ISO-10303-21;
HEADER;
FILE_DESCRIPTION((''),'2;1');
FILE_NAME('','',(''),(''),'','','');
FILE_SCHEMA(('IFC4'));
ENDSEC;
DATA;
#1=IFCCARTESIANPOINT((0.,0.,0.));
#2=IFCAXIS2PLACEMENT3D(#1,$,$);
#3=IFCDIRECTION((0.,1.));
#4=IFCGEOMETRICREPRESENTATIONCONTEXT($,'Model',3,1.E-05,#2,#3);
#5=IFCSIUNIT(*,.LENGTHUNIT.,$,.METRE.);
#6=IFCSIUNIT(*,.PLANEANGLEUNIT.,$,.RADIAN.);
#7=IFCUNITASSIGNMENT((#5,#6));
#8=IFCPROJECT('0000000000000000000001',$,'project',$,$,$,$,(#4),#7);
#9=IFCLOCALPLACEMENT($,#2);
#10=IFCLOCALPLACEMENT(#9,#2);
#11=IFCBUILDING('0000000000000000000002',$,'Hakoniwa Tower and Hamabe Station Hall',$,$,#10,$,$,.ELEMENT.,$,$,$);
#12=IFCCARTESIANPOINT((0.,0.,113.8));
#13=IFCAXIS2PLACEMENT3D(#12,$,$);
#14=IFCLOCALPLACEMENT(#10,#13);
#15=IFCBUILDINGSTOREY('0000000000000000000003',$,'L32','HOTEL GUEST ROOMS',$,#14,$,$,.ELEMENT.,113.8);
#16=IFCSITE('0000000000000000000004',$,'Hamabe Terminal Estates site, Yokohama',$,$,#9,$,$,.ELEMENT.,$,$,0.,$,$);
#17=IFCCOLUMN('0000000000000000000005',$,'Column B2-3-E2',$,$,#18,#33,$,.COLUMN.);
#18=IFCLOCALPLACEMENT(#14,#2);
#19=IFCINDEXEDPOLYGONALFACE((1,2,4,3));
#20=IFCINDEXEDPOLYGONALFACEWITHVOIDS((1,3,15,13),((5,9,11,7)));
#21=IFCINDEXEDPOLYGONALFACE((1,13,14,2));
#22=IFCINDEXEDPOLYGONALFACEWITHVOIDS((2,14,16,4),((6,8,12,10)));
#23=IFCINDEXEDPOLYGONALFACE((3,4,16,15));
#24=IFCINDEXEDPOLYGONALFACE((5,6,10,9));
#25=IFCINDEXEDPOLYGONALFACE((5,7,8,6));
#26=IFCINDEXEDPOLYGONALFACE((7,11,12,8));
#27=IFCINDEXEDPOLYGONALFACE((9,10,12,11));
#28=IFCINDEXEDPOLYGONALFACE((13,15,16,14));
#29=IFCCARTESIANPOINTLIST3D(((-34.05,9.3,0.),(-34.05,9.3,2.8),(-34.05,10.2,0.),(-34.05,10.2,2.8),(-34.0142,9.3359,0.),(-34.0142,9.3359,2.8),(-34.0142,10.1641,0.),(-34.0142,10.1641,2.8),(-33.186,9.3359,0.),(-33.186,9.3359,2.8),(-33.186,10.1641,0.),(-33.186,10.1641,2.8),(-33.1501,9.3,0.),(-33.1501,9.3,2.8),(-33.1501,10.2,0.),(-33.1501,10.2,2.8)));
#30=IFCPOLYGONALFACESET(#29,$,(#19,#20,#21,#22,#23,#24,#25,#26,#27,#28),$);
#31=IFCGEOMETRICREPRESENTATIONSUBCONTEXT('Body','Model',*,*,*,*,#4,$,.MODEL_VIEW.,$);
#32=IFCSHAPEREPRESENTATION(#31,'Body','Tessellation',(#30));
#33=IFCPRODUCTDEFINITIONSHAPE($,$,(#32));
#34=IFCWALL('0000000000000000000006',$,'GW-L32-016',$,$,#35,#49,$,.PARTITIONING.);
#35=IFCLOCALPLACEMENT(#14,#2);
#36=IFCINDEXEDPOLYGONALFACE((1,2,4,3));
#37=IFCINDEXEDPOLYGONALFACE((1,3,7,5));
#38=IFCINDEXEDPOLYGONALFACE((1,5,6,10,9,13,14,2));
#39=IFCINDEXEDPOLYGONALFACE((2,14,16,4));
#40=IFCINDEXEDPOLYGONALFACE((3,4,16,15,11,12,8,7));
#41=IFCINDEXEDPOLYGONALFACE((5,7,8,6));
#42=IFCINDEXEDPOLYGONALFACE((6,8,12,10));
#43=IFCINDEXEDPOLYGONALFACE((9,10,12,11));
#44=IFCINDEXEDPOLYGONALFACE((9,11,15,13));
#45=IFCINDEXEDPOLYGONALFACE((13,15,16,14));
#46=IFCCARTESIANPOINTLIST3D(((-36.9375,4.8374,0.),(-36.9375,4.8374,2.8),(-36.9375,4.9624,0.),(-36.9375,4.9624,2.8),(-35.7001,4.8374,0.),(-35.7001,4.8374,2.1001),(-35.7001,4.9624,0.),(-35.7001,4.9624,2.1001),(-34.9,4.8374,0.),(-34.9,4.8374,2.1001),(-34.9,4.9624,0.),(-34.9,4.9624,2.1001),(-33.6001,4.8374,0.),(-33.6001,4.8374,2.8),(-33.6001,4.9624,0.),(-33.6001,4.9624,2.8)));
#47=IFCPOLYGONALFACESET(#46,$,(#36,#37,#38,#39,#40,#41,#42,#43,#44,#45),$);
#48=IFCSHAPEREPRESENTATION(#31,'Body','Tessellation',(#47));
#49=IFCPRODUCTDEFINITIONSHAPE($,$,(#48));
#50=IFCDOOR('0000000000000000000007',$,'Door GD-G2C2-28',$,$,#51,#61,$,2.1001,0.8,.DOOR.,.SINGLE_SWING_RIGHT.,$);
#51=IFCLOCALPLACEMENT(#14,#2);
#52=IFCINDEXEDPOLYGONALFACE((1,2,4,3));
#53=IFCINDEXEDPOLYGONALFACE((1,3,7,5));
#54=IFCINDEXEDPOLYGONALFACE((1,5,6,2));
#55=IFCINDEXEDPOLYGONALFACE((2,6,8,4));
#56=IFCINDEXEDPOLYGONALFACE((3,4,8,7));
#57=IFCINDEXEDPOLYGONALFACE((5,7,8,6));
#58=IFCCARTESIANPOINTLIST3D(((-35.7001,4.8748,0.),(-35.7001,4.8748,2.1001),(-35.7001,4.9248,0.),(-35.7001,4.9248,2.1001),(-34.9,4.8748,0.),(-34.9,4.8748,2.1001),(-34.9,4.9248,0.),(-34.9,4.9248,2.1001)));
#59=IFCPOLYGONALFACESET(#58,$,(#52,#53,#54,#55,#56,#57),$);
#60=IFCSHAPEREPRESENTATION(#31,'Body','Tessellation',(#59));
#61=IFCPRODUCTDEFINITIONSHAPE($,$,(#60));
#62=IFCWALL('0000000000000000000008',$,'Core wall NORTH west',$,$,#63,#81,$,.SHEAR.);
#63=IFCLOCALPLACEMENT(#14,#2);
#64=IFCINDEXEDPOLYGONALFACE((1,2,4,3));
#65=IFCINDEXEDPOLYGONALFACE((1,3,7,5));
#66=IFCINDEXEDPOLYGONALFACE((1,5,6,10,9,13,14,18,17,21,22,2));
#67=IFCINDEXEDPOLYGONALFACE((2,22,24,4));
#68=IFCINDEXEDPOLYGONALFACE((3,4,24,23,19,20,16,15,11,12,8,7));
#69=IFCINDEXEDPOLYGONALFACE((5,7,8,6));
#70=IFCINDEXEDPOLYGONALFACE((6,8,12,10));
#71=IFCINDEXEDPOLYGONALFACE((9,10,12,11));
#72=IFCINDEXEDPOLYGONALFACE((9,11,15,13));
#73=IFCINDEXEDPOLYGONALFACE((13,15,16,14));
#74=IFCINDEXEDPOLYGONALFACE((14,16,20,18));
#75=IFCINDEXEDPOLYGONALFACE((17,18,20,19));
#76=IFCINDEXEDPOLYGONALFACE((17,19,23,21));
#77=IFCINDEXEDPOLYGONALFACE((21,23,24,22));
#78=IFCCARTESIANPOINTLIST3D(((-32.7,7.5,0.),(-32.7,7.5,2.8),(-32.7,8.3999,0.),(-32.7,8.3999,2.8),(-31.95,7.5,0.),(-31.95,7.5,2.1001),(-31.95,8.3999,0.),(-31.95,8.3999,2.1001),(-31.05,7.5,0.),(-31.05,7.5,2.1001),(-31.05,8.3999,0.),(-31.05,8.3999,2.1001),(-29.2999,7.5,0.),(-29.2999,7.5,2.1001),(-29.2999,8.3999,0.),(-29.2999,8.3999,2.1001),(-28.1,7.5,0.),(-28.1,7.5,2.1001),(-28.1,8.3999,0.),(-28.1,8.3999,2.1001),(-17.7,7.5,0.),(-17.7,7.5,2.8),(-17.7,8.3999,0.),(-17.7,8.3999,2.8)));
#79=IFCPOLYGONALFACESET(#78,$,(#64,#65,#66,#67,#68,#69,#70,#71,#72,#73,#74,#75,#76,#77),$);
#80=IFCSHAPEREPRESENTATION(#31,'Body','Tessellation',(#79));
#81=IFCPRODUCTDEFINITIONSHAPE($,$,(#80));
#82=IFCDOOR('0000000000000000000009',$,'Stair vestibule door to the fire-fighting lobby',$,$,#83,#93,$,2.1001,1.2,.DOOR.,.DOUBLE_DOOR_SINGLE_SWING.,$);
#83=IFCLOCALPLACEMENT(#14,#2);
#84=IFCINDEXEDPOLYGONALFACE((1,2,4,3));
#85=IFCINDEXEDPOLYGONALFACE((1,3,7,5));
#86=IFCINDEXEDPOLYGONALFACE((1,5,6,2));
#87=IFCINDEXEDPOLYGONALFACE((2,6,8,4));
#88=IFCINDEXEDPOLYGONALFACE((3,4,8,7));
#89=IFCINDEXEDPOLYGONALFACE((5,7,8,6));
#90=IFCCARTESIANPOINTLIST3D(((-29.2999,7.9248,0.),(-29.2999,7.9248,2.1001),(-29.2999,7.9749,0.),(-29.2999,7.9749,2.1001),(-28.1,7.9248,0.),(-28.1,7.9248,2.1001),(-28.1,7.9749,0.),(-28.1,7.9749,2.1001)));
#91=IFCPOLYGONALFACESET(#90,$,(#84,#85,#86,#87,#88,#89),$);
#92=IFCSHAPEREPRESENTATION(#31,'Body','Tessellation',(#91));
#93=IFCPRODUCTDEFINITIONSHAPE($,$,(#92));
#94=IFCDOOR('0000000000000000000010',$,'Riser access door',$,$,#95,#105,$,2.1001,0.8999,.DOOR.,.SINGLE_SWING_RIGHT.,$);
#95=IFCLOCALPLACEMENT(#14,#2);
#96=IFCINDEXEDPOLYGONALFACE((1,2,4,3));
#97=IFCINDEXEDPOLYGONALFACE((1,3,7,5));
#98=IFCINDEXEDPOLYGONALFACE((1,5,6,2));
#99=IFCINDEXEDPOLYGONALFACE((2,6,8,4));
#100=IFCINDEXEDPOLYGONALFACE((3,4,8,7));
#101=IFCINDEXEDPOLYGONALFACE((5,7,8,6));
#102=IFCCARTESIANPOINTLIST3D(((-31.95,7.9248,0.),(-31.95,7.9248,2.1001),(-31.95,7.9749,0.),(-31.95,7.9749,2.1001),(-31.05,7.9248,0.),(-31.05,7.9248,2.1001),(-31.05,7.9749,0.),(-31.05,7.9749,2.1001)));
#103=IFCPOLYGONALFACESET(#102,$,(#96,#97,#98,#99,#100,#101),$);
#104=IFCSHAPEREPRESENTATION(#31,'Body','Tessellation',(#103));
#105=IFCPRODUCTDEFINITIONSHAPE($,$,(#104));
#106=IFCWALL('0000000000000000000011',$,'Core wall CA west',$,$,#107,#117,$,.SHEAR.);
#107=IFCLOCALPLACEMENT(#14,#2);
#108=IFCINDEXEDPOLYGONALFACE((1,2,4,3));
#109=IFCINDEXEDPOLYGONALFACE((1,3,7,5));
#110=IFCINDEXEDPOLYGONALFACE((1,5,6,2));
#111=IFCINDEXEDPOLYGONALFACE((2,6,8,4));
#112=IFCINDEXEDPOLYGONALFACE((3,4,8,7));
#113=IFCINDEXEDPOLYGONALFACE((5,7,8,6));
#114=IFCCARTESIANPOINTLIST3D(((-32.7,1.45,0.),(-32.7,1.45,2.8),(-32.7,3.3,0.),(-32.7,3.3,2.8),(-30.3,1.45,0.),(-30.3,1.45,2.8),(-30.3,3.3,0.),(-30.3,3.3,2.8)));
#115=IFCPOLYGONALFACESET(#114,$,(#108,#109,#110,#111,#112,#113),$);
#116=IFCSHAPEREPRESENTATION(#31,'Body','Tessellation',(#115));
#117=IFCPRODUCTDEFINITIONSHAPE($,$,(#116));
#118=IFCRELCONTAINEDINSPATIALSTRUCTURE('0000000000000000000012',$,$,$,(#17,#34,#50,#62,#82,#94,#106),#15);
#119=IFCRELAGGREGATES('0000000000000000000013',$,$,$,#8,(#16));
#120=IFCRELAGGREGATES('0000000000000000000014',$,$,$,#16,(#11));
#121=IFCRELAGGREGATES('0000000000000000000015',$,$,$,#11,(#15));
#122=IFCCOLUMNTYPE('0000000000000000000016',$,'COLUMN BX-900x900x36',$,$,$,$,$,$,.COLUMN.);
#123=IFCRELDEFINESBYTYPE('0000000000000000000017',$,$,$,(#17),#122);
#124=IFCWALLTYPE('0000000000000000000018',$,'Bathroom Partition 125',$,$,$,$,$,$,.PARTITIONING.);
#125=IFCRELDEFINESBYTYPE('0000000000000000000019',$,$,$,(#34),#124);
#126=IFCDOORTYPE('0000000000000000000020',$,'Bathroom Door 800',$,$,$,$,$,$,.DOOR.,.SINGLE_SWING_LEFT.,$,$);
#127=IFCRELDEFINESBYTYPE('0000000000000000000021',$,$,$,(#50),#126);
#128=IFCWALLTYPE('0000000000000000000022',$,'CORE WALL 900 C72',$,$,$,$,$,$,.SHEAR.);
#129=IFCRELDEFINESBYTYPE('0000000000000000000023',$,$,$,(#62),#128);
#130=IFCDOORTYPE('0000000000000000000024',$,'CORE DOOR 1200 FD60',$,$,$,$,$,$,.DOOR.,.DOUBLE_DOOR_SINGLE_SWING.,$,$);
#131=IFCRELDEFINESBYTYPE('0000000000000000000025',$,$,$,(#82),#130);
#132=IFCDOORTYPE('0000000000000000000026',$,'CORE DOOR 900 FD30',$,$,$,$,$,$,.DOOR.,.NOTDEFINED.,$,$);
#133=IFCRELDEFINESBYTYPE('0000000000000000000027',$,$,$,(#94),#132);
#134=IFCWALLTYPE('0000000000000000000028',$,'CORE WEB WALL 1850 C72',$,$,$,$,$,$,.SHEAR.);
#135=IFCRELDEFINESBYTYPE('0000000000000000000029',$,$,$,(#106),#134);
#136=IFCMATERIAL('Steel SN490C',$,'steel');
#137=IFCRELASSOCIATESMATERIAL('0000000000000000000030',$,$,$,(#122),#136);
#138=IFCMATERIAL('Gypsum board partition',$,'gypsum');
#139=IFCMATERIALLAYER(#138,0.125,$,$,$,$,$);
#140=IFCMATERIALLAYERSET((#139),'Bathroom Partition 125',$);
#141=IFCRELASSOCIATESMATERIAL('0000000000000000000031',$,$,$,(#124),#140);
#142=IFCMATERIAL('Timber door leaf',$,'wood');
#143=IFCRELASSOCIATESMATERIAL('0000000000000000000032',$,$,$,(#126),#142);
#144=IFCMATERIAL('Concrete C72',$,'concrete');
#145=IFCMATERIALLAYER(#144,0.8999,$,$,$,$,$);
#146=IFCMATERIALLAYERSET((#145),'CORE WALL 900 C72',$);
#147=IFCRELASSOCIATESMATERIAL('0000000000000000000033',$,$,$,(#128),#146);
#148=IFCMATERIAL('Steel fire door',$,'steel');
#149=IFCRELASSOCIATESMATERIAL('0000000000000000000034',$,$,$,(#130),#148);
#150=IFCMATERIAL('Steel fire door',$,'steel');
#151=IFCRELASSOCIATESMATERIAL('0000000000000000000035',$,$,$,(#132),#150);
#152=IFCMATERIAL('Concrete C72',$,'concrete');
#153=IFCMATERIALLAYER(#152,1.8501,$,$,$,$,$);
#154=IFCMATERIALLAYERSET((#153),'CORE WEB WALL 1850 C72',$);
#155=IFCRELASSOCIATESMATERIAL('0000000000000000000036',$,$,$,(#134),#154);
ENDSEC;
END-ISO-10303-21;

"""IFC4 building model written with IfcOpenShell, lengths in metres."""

from ifc_helpers import new_model, si_unit, direction, frame, frame_2d, origin, origin_2d, place, context, subcontext, project, spatial, rectangle, hollow_rectangle, extrude, material, layer, layer_set, material_profile, profile_set, type_object, element, fill, save


model = new_model("IFC4")

# Units and contexts
model_context = context("Model", 3, precision=1e-05, world=origin(), true_north=direction((0.0, 1.0)))
body_context = subcontext(model_context, "Body", "Model", "MODEL_VIEW")
ifc_project = project(units=[si_unit("LENGTHUNIT", "METRE"), si_unit("PLANEANGLEUNIT", "RADIAN")], contexts=[model_context])

# Site, building, storey
site_placement = place(None, origin())
site = spatial("IfcSite", under=ifc_project, at=site_placement, Name="Hamabe Terminal Estates site, Yokohama", CompositionType="ELEMENT", RefElevation=0.0)
building_placement = place(site_placement, origin())
building = spatial("IfcBuilding", under=site, at=building_placement, Name="Hakoniwa Tower and Hamabe Station Hall", CompositionType="ELEMENT")
storey_placement = place(building_placement, frame((0.0, 0.0, 113.8)))
storey = spatial("IfcBuildingStorey", under=building, at=storey_placement, Name="L32", Description="HOTEL GUEST ROOMS", CompositionType="ELEMENT", Elevation=113.8)

# Column
ifc_material_1 = material(Name="Steel SN490C", Category="steel")
ifc_material_profile = material_profile(ifc_material_1, hollow_rectangle(XDim=0.8999, YDim=0.8999, WallThickness=0.0359, at=origin_2d()), Name="BX-900x900x36")
ifc_profile_set = profile_set([ifc_material_profile], Name="Steel SN490C")
column_type = type_object("IfcColumnType", Name="COLUMN BX-900x900x36", PredefinedType="COLUMN", material=ifc_profile_set)
column_placement = place(storey_placement, frame((-33.6001, 9.75, 0.0), z_axis=(0.0, 0.0, 1.0), x_axis=(1.0, 0.0, 0.0)))
element("IfcColumn", 1, at=column_placement, inside=storey, type_object=column_type, Name="Column B2-3-E2", PredefinedType="COLUMN", context=body_context, shape_type="SweptSolid", body=[
    extrude(hollow_rectangle(XDim=0.8999, YDim=0.8999, WallThickness=0.0359, at=origin_2d()), origin(), (0.0, 0.0, 1.0), 2.8),
])

# Wall, opening, door
ifc_material_2 = material(Name="Gypsum board partition", Category="gypsum")
ifc_layer_1 = layer(ifc_material_2, 0.125)
ifc_layer_set_1 = layer_set([ifc_layer_1], Name="Bathroom Partition 125")
wall_type_1 = type_object("IfcWallType", Name="Bathroom Partition 125", PredefinedType="PARTITIONING", material=ifc_layer_set_1)
wall_1_placement = place(storey_placement, frame((-36.9375, 4.8999, 0.0), z_axis=(0.0, 0.0, 1.0), x_axis=(1.0, 0.0, 0.0)))
wall_1 = element("IfcWall", 2, at=wall_1_placement, inside=storey, type_object=wall_type_1, Name="GW-L32-016", PredefinedType="PARTITIONING", context=body_context, shape_type="SweptSolid", body=[
    extrude(rectangle(XDim=3.3374, YDim=0.125, at=frame_2d((1.6687, 0.0))), origin(), (0.0, 0.0, 1.0), 2.8),
])
opening_1_placement = place(wall_1_placement, frame((1.2375, 0.0, 0.0)))
opening_1 = element("IfcOpeningElement", 3, at=opening_1_placement, cuts=wall_1, PredefinedType="OPENING", context=body_context, shape_type="SweptSolid", body=[
    extrude(rectangle(XDim=0.8, YDim=2.1001, at=frame_2d((0.3999, 1.05))), frame((0.0, 0.0725, 0.0), z_axis=(0.0, -1.0, 0.0), x_axis=(1.0, 0.0, 0.0)), (0.0, 0.0, 1.0), 0.145),
])
ifc_material_3 = material(Name="Timber door leaf", Category="wood")
door_type_1 = type_object("IfcDoorType", Name="Bathroom Door 800", OperationType="SINGLE_SWING_LEFT", PredefinedType="DOOR", material=ifc_material_3)
door_1_placement = place(opening_1_placement, origin())
door_1 = element("IfcDoor", 4, at=door_1_placement, inside=storey, type_object=door_type_1, Name="Door GD-G2C2-28", OperationType="SINGLE_SWING_RIGHT", OverallHeight=2.1001, OverallWidth=0.8, PredefinedType="DOOR", context=body_context, shape_type="SweptSolid", body=[
    extrude(rectangle(XDim=0.8, YDim=2.1001, at=frame_2d((0.3999, 1.05))), frame((0.0, 0.0249, 0.0), z_axis=(0.0, -1.0, 0.0), x_axis=(1.0, 0.0, 0.0)), (0.0, 0.0, 1.0), 0.05),
])
fill(opening_1, door_1)

# Wall, openings, doors
ifc_material_4 = material(Name="Concrete C72", Category="concrete")
ifc_layer_2 = layer(ifc_material_4, 0.8999)
ifc_layer_set_2 = layer_set([ifc_layer_2], Name="CORE WALL 900 C72")
wall_type_2 = type_object("IfcWallType", Name="CORE WALL 900 C72", PredefinedType="SHEAR", material=ifc_layer_set_2)
wall_2_placement = place(storey_placement, frame((-32.7, 7.95, 0.0), z_axis=(0.0, 0.0, 1.0), x_axis=(1.0, 0.0, 0.0)))
wall_2 = element("IfcWall", 5, at=wall_2_placement, inside=storey, type_object=wall_type_2, Name="Core wall NORTH west", PredefinedType="SHEAR", context=body_context, shape_type="SweptSolid", body=[
    extrude(rectangle(XDim=15.0, YDim=0.8999, at=frame_2d((7.5, 0.0))), origin(), (0.0, 0.0, 1.0), 2.8),
])
opening_2_placement = place(wall_2_placement, frame((3.3999, 0.0, 0.0)))
opening_2 = element("IfcOpeningElement", 6, at=opening_2_placement, cuts=wall_2, PredefinedType="OPENING", context=body_context, shape_type="SweptSolid", body=[
    extrude(rectangle(XDim=1.2, YDim=2.1001, at=frame_2d((0.6001, 1.05))), frame((0.0, 0.46, 0.0), z_axis=(0.0, -1.0, 0.0), x_axis=(1.0, 0.0, 0.0)), (0.0, 0.0, 1.0), 0.9199),
])
opening_3_placement = place(wall_2_placement, frame((0.75, 0.0, 0.0)))
opening_3 = element("IfcOpeningElement", 7, at=opening_3_placement, cuts=wall_2, PredefinedType="OPENING", context=body_context, shape_type="SweptSolid", body=[
    extrude(rectangle(XDim=0.8999, YDim=2.1001, at=frame_2d((0.45, 1.05))), frame((0.0, 0.46, 0.0), z_axis=(0.0, -1.0, 0.0), x_axis=(1.0, 0.0, 0.0)), (0.0, 0.0, 1.0), 0.9199),
])
ifc_material_5 = material(Name="Steel fire door", Category="steel")
door_type_2 = type_object("IfcDoorType", Name="CORE DOOR 1200 FD60", OperationType="DOUBLE_DOOR_SINGLE_SWING", PredefinedType="DOOR", material=ifc_material_5)
door_2_placement = place(opening_2_placement, origin())
door_2 = element("IfcDoor", 8, at=door_2_placement, inside=storey, type_object=door_type_2, Name="Stair vestibule door to the fire-fighting lobby", OperationType="DOUBLE_DOOR_SINGLE_SWING", OverallHeight=2.1001, OverallWidth=1.2, PredefinedType="DOOR", context=body_context, shape_type="SweptSolid", body=[
    extrude(rectangle(XDim=1.2, YDim=2.1001, at=frame_2d((0.6001, 1.05))), frame((0.0, 0.0249, 0.0), z_axis=(0.0, -1.0, 0.0), x_axis=(1.0, 0.0, 0.0)), (0.0, 0.0, 1.0), 0.05),
])
fill(opening_2, door_2)
ifc_material_6 = material(Name="Steel fire door", Category="steel")
door_type_3 = type_object("IfcDoorType", Name="CORE DOOR 900 FD30", OperationType="NOTDEFINED", PredefinedType="DOOR", material=ifc_material_6)
door_3_placement = place(opening_3_placement, origin())
door_3 = element("IfcDoor", 9, at=door_3_placement, inside=storey, type_object=door_type_3, Name="Riser access door", OperationType="SINGLE_SWING_RIGHT", OverallHeight=2.1001, OverallWidth=0.8999, PredefinedType="DOOR", context=body_context, shape_type="SweptSolid", body=[
    extrude(rectangle(XDim=0.8999, YDim=2.1001, at=frame_2d((0.45, 1.05))), frame((0.0, 0.0249, 0.0), z_axis=(0.0, -1.0, 0.0), x_axis=(1.0, 0.0, 0.0)), (0.0, 0.0, 1.0), 0.05),
])
fill(opening_3, door_3)

# Wall
ifc_material_7 = material(Name="Concrete C72", Category="concrete")
ifc_layer_3 = layer(ifc_material_7, 1.8501)
ifc_layer_set_3 = layer_set([ifc_layer_3], Name="CORE WEB WALL 1850 C72")
wall_type_3 = type_object("IfcWallType", Name="CORE WEB WALL 1850 C72", PredefinedType="SHEAR", material=ifc_layer_set_3)
wall_3_placement = place(storey_placement, frame((-32.7, 2.375, 0.0), z_axis=(0.0, 0.0, 1.0), x_axis=(1.0, 0.0, 0.0)))
element("IfcWall", 10, at=wall_3_placement, inside=storey, type_object=wall_type_3, Name="Core wall CA west", PredefinedType="SHEAR", context=body_context, shape_type="SweptSolid", body=[
    extrude(rectangle(XDim=2.3999, YDim=1.8501, at=frame_2d((1.2, 0.0))), origin(), (0.0, 0.0, 1.0), 2.8),
])

save(model, "model.ifc")
